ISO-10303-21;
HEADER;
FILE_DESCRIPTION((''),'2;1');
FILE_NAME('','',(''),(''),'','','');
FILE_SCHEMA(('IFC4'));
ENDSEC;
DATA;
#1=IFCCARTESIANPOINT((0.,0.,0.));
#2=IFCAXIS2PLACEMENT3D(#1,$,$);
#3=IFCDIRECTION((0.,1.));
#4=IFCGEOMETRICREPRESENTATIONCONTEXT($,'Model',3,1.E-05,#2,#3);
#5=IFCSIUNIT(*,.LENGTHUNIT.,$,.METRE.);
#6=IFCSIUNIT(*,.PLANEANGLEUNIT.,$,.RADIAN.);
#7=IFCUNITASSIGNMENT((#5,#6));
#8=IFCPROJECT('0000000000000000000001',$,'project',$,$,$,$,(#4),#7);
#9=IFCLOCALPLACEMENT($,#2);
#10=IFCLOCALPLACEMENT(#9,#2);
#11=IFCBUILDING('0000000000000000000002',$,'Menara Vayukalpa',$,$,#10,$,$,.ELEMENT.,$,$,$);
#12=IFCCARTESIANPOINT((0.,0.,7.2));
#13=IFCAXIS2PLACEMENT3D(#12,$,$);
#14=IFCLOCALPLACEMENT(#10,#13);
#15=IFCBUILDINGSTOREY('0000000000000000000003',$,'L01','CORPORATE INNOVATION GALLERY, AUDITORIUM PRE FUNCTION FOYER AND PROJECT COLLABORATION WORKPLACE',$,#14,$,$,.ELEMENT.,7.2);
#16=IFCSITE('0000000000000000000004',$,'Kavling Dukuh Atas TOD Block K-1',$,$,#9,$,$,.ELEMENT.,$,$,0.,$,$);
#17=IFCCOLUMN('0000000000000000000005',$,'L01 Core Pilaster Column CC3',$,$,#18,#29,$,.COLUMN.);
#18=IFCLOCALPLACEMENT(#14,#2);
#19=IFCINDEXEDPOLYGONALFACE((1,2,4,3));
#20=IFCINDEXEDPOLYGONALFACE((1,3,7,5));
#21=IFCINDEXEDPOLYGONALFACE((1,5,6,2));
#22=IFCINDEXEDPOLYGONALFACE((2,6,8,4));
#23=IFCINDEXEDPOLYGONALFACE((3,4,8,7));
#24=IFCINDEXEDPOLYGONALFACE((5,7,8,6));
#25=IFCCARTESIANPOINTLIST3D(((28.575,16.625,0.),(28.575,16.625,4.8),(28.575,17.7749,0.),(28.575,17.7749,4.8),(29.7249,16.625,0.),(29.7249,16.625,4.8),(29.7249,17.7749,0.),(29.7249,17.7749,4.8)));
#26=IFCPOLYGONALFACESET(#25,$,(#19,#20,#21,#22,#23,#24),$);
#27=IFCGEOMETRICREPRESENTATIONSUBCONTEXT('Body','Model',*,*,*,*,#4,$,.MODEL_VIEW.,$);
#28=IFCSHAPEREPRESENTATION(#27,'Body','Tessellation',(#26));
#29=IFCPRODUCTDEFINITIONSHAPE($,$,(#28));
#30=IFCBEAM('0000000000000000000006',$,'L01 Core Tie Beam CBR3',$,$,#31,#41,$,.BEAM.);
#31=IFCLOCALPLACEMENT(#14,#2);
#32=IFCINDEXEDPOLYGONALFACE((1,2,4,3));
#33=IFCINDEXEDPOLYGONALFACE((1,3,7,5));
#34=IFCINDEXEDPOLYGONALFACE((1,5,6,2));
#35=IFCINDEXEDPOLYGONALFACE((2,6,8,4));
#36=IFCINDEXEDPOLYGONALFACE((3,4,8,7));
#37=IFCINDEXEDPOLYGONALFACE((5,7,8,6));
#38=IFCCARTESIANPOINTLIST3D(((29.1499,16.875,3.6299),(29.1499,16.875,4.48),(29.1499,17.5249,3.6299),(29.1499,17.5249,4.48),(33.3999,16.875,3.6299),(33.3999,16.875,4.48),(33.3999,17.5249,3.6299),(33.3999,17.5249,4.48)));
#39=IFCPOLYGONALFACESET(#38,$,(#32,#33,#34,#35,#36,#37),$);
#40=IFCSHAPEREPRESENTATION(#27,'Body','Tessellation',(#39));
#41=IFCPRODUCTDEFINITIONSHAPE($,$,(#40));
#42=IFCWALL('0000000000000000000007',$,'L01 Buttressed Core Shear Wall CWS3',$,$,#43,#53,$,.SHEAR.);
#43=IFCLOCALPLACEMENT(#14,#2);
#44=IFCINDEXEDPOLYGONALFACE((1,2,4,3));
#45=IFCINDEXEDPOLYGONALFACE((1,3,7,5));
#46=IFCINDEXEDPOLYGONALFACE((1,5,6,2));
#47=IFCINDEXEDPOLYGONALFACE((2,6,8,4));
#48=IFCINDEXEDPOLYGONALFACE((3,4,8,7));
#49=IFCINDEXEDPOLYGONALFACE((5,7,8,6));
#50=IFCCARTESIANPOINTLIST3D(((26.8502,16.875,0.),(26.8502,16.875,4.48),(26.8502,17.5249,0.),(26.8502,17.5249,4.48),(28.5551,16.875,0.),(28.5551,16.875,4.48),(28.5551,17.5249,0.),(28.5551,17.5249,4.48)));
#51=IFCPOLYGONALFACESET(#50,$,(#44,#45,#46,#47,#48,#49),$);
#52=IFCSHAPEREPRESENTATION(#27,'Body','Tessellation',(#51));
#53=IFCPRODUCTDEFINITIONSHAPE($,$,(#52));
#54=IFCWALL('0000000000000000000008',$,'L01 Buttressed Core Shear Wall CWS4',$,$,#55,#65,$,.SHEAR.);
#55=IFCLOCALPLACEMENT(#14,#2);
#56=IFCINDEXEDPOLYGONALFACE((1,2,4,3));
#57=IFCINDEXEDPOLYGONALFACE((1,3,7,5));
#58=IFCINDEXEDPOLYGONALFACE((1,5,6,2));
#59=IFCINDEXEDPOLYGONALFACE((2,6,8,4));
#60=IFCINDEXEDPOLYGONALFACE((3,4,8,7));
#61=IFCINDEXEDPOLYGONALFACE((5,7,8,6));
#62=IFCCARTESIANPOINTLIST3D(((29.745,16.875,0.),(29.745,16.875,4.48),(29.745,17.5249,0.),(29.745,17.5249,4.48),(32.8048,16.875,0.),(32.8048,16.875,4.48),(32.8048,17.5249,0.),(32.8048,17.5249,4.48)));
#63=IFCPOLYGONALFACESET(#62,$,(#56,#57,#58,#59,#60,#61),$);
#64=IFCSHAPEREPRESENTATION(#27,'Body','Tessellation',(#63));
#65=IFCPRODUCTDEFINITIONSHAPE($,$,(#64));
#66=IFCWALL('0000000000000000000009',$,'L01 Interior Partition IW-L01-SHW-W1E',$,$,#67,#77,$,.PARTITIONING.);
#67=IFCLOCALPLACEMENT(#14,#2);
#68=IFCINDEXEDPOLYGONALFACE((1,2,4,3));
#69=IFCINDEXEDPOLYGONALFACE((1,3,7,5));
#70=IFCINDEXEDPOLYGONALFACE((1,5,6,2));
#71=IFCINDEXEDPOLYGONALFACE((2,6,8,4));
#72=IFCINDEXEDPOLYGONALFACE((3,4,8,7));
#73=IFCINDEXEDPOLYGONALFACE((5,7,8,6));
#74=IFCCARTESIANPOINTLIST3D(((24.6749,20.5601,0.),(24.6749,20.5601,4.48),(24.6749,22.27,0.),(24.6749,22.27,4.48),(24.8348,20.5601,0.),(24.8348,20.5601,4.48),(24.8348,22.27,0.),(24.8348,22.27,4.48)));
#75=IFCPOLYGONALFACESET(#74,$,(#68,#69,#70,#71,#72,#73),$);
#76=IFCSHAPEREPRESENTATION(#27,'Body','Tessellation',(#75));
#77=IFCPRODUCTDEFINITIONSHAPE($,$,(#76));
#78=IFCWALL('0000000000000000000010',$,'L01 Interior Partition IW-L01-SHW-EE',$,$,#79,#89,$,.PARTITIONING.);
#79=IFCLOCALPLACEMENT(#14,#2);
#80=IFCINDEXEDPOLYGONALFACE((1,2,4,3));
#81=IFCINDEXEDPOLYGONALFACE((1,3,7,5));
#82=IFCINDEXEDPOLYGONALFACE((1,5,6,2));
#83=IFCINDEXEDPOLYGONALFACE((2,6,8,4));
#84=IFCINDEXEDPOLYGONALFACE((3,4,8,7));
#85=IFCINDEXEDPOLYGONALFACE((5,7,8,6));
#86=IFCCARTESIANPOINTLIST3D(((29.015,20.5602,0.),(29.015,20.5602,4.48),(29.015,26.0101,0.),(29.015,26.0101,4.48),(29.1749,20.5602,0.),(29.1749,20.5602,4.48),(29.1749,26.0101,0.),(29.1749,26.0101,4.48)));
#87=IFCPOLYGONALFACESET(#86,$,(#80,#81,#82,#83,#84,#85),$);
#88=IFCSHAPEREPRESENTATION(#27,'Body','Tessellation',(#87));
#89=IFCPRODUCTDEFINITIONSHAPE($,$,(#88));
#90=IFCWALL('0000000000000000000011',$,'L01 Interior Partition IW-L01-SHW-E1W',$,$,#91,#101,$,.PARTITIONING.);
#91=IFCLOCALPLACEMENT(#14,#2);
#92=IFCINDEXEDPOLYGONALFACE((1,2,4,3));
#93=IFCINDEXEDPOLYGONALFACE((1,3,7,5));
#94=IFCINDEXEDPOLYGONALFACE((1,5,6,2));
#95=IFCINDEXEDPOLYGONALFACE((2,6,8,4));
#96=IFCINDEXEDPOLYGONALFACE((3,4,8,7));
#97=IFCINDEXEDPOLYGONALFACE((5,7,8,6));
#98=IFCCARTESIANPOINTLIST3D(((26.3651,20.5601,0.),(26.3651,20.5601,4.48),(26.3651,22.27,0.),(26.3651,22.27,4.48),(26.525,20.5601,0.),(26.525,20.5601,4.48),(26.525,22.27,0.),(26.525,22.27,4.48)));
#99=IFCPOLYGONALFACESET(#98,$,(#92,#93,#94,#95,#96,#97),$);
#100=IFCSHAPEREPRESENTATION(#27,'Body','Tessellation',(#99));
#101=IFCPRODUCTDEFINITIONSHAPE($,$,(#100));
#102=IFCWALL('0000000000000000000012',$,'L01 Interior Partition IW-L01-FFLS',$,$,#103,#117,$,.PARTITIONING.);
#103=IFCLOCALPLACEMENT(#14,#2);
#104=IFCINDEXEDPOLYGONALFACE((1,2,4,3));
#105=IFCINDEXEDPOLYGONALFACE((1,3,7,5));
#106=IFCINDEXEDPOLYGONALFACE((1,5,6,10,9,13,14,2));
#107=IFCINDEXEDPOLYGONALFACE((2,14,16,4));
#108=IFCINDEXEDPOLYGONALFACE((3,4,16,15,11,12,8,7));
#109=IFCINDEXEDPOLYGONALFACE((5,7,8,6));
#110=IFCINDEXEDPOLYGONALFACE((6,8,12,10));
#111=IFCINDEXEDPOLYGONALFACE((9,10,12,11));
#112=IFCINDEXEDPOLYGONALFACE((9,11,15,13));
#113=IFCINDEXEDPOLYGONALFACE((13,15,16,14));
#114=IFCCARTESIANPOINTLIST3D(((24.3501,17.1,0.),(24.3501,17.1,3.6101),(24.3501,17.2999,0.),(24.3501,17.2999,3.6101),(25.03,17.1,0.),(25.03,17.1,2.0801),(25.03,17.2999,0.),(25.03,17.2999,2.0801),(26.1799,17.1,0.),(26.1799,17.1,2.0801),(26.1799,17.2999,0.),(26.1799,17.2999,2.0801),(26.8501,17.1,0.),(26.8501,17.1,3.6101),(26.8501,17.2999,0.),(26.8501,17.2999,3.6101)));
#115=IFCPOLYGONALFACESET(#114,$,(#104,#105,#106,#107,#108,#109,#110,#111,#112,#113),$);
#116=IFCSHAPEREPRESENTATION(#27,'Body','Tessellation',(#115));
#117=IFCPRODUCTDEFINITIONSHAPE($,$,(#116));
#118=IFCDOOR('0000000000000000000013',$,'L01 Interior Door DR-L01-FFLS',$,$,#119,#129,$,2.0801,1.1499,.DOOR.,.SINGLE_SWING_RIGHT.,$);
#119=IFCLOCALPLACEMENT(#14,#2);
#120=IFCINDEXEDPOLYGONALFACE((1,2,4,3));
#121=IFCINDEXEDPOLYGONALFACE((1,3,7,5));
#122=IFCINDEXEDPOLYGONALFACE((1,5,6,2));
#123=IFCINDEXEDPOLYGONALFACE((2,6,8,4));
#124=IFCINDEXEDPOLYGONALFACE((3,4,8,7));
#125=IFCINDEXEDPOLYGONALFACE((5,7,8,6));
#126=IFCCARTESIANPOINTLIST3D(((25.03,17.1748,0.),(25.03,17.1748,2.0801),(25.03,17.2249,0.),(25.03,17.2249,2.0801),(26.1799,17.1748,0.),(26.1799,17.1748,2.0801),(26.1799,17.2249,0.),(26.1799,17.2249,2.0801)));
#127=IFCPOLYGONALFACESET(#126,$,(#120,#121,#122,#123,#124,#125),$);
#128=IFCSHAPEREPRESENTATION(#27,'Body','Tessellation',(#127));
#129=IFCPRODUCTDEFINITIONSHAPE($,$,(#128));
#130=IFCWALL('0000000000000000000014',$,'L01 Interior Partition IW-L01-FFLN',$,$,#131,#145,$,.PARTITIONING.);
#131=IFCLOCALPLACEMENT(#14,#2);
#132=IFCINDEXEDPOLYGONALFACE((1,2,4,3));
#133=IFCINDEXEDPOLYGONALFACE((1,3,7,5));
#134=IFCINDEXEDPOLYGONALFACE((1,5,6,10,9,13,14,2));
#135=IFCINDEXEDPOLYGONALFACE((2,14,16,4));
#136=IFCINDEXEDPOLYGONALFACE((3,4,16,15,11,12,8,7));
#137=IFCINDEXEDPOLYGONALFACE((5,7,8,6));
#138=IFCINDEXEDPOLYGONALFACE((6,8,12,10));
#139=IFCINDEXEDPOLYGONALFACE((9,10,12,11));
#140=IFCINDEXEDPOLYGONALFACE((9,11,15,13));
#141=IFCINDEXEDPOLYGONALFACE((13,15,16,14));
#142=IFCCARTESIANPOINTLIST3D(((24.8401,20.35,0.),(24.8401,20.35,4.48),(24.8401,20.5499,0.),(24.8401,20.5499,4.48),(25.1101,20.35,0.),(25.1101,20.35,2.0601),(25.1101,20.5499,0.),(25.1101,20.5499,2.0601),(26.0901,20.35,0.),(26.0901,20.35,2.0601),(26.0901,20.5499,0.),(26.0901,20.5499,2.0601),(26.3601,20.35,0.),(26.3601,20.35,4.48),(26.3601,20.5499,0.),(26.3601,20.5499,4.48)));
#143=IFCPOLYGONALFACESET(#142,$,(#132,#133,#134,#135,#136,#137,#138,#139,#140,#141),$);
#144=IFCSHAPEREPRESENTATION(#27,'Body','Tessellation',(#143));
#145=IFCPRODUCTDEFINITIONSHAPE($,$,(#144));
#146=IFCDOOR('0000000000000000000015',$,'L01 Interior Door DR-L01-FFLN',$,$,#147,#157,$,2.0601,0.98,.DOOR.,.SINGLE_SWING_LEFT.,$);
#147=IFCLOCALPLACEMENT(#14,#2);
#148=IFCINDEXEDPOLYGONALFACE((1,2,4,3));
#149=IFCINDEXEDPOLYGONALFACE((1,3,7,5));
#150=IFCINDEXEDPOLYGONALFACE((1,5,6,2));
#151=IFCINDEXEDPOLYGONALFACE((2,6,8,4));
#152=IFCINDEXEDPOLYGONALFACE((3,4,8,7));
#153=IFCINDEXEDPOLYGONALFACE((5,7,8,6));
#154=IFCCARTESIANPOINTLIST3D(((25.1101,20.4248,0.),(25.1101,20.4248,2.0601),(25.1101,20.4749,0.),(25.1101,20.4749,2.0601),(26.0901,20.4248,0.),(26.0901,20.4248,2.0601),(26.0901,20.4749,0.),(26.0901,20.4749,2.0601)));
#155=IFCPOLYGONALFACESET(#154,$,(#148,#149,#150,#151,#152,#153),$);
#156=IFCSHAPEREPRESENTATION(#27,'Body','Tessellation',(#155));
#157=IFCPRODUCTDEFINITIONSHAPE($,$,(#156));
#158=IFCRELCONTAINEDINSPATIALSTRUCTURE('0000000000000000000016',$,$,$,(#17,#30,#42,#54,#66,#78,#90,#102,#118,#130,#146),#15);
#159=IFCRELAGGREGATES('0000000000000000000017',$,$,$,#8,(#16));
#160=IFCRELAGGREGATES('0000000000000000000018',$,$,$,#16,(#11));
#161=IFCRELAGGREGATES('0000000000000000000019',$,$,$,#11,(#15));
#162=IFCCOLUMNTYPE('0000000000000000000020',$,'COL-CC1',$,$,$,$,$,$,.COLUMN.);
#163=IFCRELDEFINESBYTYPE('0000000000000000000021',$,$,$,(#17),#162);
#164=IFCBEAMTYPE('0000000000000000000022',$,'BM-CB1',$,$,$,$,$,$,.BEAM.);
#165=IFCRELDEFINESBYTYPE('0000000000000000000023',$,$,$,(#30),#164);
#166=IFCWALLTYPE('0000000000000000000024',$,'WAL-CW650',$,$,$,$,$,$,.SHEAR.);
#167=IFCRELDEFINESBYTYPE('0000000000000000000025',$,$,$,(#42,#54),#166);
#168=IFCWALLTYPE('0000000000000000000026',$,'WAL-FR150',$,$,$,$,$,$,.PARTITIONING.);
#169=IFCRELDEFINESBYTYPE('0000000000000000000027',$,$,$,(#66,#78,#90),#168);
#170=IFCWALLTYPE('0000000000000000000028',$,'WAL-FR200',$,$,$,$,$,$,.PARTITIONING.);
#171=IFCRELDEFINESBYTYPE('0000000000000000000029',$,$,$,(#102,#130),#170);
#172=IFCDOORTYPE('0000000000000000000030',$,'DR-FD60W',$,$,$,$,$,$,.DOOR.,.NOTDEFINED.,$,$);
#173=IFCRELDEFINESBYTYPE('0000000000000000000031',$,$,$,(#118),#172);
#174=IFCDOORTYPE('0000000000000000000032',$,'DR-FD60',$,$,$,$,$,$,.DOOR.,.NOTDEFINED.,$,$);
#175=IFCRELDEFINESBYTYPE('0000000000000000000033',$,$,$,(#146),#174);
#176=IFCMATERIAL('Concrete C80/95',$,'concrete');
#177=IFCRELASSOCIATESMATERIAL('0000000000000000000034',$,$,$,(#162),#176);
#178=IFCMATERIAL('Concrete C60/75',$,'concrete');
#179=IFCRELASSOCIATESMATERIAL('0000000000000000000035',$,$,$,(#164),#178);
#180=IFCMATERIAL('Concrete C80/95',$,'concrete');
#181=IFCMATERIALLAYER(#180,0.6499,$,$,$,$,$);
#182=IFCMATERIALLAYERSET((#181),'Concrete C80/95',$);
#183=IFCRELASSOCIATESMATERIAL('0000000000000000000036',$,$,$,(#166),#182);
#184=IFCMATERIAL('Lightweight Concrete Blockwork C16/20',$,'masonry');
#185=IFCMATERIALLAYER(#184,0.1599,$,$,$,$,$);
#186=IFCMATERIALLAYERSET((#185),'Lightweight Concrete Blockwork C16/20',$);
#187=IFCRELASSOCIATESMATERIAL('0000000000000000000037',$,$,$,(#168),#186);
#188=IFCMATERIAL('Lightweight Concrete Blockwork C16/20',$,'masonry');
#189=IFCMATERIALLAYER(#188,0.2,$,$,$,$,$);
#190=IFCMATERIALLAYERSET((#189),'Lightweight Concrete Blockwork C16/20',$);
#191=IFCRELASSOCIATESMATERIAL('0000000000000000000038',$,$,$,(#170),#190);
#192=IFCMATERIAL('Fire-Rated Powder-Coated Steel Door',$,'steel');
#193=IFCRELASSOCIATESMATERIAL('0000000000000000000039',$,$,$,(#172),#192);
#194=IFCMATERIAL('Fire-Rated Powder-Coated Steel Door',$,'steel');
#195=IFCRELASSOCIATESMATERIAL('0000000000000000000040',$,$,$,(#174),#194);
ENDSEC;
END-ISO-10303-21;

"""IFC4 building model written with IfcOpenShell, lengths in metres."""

from ifc_helpers import new_model, si_unit, direction, frame, frame_2d, origin, origin_2d, place, context, subcontext, project, spatial, rectangle, extrude, material, layer, layer_set, material_profile, profile_set, type_object, element, fill, save


model = new_model("IFC4")

# Units and contexts
model_context = context("Model", 3, precision=1e-05, world=origin(), true_north=direction((0.0, 1.0)))
body_context = subcontext(model_context, "Body", "Model", "MODEL_VIEW")
ifc_project = project(units=[si_unit("LENGTHUNIT", "METRE"), si_unit("PLANEANGLEUNIT", "RADIAN")], contexts=[model_context])

# Site, building, storey
site_placement = place(None, origin())
site = spatial("IfcSite", under=ifc_project, at=site_placement, Name="Kavling Dukuh Atas TOD Block K-1", CompositionType="ELEMENT", RefElevation=0.0)
building_placement = place(site_placement, origin())
building = spatial("IfcBuilding", under=site, at=building_placement, Name="Menara Vayukalpa", CompositionType="ELEMENT")
storey_placement = place(building_placement, frame((0.0, 0.0, 7.2)))
storey = spatial("IfcBuildingStorey", under=building, at=storey_placement, Name="L01", Description="CORPORATE INNOVATION GALLERY, AUDITORIUM PRE FUNCTION FOYER AND PROJECT COLLABORATION WORKPLACE", CompositionType="ELEMENT", Elevation=7.2)

# Column
ifc_material_1 = material(Name="Concrete C80/95", Category="concrete")
ifc_material_profile_1 = material_profile(ifc_material_1, rectangle(XDim=1.1499, YDim=1.1499, at=origin_2d()), Name="RC 1150x1150")
ifc_profile_set_1 = profile_set([ifc_material_profile_1], Name="Concrete C80/95")
column_type = type_object("IfcColumnType", Name="COL-CC1", PredefinedType="COLUMN", material=ifc_profile_set_1)
column_placement = place(storey_placement, frame((29.1499, 17.2, 0.0), z_axis=(0.0, 0.0, 1.0), x_axis=(1.0, 0.0, 0.0)))
element("IfcColumn", 1, at=column_placement, inside=storey, type_object=column_type, Name="L01 Core Pilaster Column CC3", PredefinedType="COLUMN", context=body_context, shape_type="SweptSolid", body=[
    extrude(rectangle(XDim=1.1499, YDim=1.1499, at=origin_2d()), origin(), (0.0, 0.0, 1.0), 4.8),
])

# Beam
ifc_material_2 = material(Name="Concrete C60/75", Category="concrete")
ifc_material_profile_2 = material_profile(ifc_material_2, rectangle(XDim=0.6499, YDim=0.8501, at=origin_2d()), Name="RC 650x850")
ifc_profile_set_2 = profile_set([ifc_material_profile_2], Name="Concrete C60/75")
beam_type = type_object("IfcBeamType", Name="BM-CB1", PredefinedType="BEAM", material=ifc_profile_set_2)
beam_placement = place(storey_placement, frame((29.1499, 17.2, 4.0549), z_axis=(1.0, 0.0, 0.0), x_axis=(0.0, 1.0, 0.0)))
element("IfcBeam", 2, at=beam_placement, inside=storey, type_object=beam_type, Name="L01 Core Tie Beam CBR3", PredefinedType="BEAM", context=body_context, shape_type="SweptSolid", body=[
    extrude(rectangle(XDim=0.6499, YDim=0.8501, at=origin_2d()), origin(), (0.0, 0.0, 1.0), 4.25),
])

# Walls
ifc_material_3 = material(Name="Concrete C80/95", Category="concrete")
ifc_layer_1 = layer(ifc_material_3, 0.6499)
ifc_layer_set_1 = layer_set([ifc_layer_1], Name="Concrete C80/95")
wall_type_1 = type_object("IfcWallType", Name="WAL-CW650", PredefinedType="SHEAR", material=ifc_layer_set_1)
wall_1_placement = place(storey_placement, frame((26.8501, 17.2, 0.0), z_axis=(0.0, 0.0, 1.0), x_axis=(1.0, 0.0, 0.0)))
element("IfcWall", 3, at=wall_1_placement, inside=storey, type_object=wall_type_1, Name="L01 Buttressed Core Shear Wall CWS3", PredefinedType="SHEAR", context=body_context, shape_type="SweptSolid", body=[
    extrude(rectangle(XDim=1.7048, YDim=0.6499, at=frame_2d((0.8525, 0.0))), origin(), (0.0, 0.0, 1.0), 4.48),
])
wall_2_placement = place(storey_placement, frame((29.7451, 17.2, 0.0), z_axis=(0.0, 0.0, 1.0), x_axis=(1.0, 0.0, 0.0)))
element("IfcWall", 4, at=wall_2_placement, inside=storey, type_object=wall_type_1, Name="L01 Buttressed Core Shear Wall CWS4", PredefinedType="SHEAR", context=body_context, shape_type="SweptSolid", body=[
    extrude(rectangle(XDim=3.0598, YDim=0.6499, at=frame_2d((1.5298, 0.0))), origin(), (0.0, 0.0, 1.0), 4.48),
])
ifc_material_4 = material(Name="Lightweight Concrete Blockwork C16/20", Category="masonry")
ifc_layer_2 = layer(ifc_material_4, 0.1599)
ifc_layer_set_2 = layer_set([ifc_layer_2], Name="Lightweight Concrete Blockwork C16/20")
wall_type_2 = type_object("IfcWallType", Name="WAL-FR150", PredefinedType="PARTITIONING", material=ifc_layer_set_2)
wall_3_placement = place(storey_placement, frame((24.7549, 20.5601, 0.0), z_axis=(0.0, 0.0, 1.0), x_axis=(0.0, 1.0, 0.0)))
element("IfcWall", 5, at=wall_3_placement, inside=storey, type_object=wall_type_2, Name="L01 Interior Partition IW-L01-SHW-W1E", PredefinedType="PARTITIONING", context=body_context, shape_type="SweptSolid", body=[
    extrude(rectangle(XDim=1.71, YDim=0.1599, at=frame_2d((0.855, 0.0))), origin(), (0.0, 0.0, 1.0), 4.48),
])
wall_4_placement = place(storey_placement, frame((29.095, 20.5601, 0.0), z_axis=(0.0, 0.0, 1.0), x_axis=(0.0, 1.0, 0.0)))
element("IfcWall", 6, at=wall_4_placement, inside=storey, type_object=wall_type_2, Name="L01 Interior Partition IW-L01-SHW-EE", PredefinedType="PARTITIONING", context=body_context, shape_type="SweptSolid", body=[
    extrude(rectangle(XDim=5.45, YDim=0.1599, at=frame_2d((2.7251, 0.0))), origin(), (0.0, 0.0, 1.0), 4.48),
])
wall_5_placement = place(storey_placement, frame((26.4451, 20.5601, 0.0), z_axis=(0.0, 0.0, 1.0), x_axis=(0.0, 1.0, 0.0)))
element("IfcWall", 7, at=wall_5_placement, inside=storey, type_object=wall_type_2, Name="L01 Interior Partition IW-L01-SHW-E1W", PredefinedType="PARTITIONING", context=body_context, shape_type="SweptSolid", body=[
    extrude(rectangle(XDim=1.71, YDim=0.1599, at=frame_2d((0.855, 0.0))), origin(), (0.0, 0.0, 1.0), 4.48),
])

# Walls, openings, doors
ifc_material_5 = material(Name="Lightweight Concrete Blockwork C16/20", Category="masonry")
ifc_layer_3 = layer(ifc_material_5, 0.2)
ifc_layer_set_3 = layer_set([ifc_layer_3], Name="Lightweight Concrete Blockwork C16/20")
wall_type_3 = type_object("IfcWallType", Name="WAL-FR200", PredefinedType="PARTITIONING", material=ifc_layer_set_3)
wall_6_placement = place(storey_placement, frame((24.3501, 17.2, 0.0), z_axis=(0.0, 0.0, 1.0), x_axis=(1.0, 0.0, 0.0)))
wall_6 = element("IfcWall", 8, at=wall_6_placement, inside=storey, type_object=wall_type_3, Name="L01 Interior Partition IW-L01-FFLS", PredefinedType="PARTITIONING", context=body_context, shape_type="SweptSolid", body=[
    extrude(rectangle(XDim=2.5, YDim=0.2, at=frame_2d((1.25, 0.0))), origin(), (0.0, 0.0, 1.0), 3.6101),
])
opening_1_placement = place(wall_6_placement, frame((0.6799, 0.0, 0.0)))
opening_1 = element("IfcOpeningElement", 9, at=opening_1_placement, cuts=wall_6, PredefinedType="OPENING", context=body_context, shape_type="SweptSolid", body=[
    extrude(rectangle(XDim=1.1499, YDim=2.0801, at=frame_2d((0.575, 1.04))), frame((0.0, 0.1099, 0.0), z_axis=(0.0, -1.0, 0.0), x_axis=(1.0, 0.0, 0.0)), (0.0, 0.0, 1.0), 0.22),
])
ifc_material_6 = material(Name="Fire-Rated Powder-Coated Steel Door", Category="steel")
door_type_1 = type_object("IfcDoorType", Name="DR-FD60W", OperationType="NOTDEFINED", PredefinedType="DOOR", material=ifc_material_6)
door_1_placement = place(opening_1_placement, origin())
door_1 = element("IfcDoor", 10, at=door_1_placement, inside=storey, type_object=door_type_1, Name="L01 Interior Door DR-L01-FFLS", OperationType="SINGLE_SWING_RIGHT", OverallHeight=2.0801, OverallWidth=1.1499, PredefinedType="DOOR", context=body_context, shape_type="SweptSolid", body=[
    extrude(rectangle(XDim=1.1499, YDim=2.0801, at=frame_2d((0.575, 1.04))), frame((0.0, 0.0249, 0.0), z_axis=(0.0, -1.0, 0.0), x_axis=(1.0, 0.0, 0.0)), (0.0, 0.0, 1.0), 0.05),
])
fill(opening_1, door_1)
wall_7_placement = place(storey_placement, frame((24.8401, 20.45, 0.0), z_axis=(0.0, 0.0, 1.0), x_axis=(1.0, 0.0, 0.0)))
wall_7 = element("IfcWall", 11, at=wall_7_placement, inside=storey, type_object=wall_type_3, Name="L01 Interior Partition IW-L01-FFLN", PredefinedType="PARTITIONING", context=body_context, shape_type="SweptSolid", body=[
    extrude(rectangle(XDim=1.52, YDim=0.2, at=frame_2d((0.76, 0.0))), origin(), (0.0, 0.0, 1.0), 4.48),
])
opening_2_placement = place(wall_7_placement, frame((0.27, 0.0, 0.0)))
opening_2 = element("IfcOpeningElement", 12, at=opening_2_placement, cuts=wall_7, PredefinedType="OPENING", context=body_context, shape_type="SweptSolid", body=[
    extrude(rectangle(XDim=0.98, YDim=2.0601, at=frame_2d((0.49, 1.03))), frame((0.0, 0.1099, 0.0), z_axis=(0.0, -1.0, 0.0), x_axis=(1.0, 0.0, 0.0)), (0.0, 0.0, 1.0), 0.22),
])
ifc_material_7 = material(Name="Fire-Rated Powder-Coated Steel Door", Category="steel")
door_type_2 = type_object("IfcDoorType", Name="DR-FD60", OperationType="NOTDEFINED", PredefinedType="DOOR", material=ifc_material_7)
door_2_placement = place(opening_2_placement, origin())
door_2 = element("IfcDoor", 13, at=door_2_placement, inside=storey, type_object=door_type_2, Name="L01 Interior Door DR-L01-FFLN", OperationType="SINGLE_SWING_LEFT", OverallHeight=2.0601, OverallWidth=0.98, PredefinedType="DOOR", context=body_context, shape_type="SweptSolid", body=[
    extrude(rectangle(XDim=0.98, YDim=2.0601, at=frame_2d((0.49, 1.03))), frame((0.0, 0.0249, 0.0), z_axis=(0.0, -1.0, 0.0), x_axis=(1.0, 0.0, 0.0)), (0.0, 0.0, 1.0), 0.05),
])
fill(opening_2, door_2)

save(model, "model.ifc")
